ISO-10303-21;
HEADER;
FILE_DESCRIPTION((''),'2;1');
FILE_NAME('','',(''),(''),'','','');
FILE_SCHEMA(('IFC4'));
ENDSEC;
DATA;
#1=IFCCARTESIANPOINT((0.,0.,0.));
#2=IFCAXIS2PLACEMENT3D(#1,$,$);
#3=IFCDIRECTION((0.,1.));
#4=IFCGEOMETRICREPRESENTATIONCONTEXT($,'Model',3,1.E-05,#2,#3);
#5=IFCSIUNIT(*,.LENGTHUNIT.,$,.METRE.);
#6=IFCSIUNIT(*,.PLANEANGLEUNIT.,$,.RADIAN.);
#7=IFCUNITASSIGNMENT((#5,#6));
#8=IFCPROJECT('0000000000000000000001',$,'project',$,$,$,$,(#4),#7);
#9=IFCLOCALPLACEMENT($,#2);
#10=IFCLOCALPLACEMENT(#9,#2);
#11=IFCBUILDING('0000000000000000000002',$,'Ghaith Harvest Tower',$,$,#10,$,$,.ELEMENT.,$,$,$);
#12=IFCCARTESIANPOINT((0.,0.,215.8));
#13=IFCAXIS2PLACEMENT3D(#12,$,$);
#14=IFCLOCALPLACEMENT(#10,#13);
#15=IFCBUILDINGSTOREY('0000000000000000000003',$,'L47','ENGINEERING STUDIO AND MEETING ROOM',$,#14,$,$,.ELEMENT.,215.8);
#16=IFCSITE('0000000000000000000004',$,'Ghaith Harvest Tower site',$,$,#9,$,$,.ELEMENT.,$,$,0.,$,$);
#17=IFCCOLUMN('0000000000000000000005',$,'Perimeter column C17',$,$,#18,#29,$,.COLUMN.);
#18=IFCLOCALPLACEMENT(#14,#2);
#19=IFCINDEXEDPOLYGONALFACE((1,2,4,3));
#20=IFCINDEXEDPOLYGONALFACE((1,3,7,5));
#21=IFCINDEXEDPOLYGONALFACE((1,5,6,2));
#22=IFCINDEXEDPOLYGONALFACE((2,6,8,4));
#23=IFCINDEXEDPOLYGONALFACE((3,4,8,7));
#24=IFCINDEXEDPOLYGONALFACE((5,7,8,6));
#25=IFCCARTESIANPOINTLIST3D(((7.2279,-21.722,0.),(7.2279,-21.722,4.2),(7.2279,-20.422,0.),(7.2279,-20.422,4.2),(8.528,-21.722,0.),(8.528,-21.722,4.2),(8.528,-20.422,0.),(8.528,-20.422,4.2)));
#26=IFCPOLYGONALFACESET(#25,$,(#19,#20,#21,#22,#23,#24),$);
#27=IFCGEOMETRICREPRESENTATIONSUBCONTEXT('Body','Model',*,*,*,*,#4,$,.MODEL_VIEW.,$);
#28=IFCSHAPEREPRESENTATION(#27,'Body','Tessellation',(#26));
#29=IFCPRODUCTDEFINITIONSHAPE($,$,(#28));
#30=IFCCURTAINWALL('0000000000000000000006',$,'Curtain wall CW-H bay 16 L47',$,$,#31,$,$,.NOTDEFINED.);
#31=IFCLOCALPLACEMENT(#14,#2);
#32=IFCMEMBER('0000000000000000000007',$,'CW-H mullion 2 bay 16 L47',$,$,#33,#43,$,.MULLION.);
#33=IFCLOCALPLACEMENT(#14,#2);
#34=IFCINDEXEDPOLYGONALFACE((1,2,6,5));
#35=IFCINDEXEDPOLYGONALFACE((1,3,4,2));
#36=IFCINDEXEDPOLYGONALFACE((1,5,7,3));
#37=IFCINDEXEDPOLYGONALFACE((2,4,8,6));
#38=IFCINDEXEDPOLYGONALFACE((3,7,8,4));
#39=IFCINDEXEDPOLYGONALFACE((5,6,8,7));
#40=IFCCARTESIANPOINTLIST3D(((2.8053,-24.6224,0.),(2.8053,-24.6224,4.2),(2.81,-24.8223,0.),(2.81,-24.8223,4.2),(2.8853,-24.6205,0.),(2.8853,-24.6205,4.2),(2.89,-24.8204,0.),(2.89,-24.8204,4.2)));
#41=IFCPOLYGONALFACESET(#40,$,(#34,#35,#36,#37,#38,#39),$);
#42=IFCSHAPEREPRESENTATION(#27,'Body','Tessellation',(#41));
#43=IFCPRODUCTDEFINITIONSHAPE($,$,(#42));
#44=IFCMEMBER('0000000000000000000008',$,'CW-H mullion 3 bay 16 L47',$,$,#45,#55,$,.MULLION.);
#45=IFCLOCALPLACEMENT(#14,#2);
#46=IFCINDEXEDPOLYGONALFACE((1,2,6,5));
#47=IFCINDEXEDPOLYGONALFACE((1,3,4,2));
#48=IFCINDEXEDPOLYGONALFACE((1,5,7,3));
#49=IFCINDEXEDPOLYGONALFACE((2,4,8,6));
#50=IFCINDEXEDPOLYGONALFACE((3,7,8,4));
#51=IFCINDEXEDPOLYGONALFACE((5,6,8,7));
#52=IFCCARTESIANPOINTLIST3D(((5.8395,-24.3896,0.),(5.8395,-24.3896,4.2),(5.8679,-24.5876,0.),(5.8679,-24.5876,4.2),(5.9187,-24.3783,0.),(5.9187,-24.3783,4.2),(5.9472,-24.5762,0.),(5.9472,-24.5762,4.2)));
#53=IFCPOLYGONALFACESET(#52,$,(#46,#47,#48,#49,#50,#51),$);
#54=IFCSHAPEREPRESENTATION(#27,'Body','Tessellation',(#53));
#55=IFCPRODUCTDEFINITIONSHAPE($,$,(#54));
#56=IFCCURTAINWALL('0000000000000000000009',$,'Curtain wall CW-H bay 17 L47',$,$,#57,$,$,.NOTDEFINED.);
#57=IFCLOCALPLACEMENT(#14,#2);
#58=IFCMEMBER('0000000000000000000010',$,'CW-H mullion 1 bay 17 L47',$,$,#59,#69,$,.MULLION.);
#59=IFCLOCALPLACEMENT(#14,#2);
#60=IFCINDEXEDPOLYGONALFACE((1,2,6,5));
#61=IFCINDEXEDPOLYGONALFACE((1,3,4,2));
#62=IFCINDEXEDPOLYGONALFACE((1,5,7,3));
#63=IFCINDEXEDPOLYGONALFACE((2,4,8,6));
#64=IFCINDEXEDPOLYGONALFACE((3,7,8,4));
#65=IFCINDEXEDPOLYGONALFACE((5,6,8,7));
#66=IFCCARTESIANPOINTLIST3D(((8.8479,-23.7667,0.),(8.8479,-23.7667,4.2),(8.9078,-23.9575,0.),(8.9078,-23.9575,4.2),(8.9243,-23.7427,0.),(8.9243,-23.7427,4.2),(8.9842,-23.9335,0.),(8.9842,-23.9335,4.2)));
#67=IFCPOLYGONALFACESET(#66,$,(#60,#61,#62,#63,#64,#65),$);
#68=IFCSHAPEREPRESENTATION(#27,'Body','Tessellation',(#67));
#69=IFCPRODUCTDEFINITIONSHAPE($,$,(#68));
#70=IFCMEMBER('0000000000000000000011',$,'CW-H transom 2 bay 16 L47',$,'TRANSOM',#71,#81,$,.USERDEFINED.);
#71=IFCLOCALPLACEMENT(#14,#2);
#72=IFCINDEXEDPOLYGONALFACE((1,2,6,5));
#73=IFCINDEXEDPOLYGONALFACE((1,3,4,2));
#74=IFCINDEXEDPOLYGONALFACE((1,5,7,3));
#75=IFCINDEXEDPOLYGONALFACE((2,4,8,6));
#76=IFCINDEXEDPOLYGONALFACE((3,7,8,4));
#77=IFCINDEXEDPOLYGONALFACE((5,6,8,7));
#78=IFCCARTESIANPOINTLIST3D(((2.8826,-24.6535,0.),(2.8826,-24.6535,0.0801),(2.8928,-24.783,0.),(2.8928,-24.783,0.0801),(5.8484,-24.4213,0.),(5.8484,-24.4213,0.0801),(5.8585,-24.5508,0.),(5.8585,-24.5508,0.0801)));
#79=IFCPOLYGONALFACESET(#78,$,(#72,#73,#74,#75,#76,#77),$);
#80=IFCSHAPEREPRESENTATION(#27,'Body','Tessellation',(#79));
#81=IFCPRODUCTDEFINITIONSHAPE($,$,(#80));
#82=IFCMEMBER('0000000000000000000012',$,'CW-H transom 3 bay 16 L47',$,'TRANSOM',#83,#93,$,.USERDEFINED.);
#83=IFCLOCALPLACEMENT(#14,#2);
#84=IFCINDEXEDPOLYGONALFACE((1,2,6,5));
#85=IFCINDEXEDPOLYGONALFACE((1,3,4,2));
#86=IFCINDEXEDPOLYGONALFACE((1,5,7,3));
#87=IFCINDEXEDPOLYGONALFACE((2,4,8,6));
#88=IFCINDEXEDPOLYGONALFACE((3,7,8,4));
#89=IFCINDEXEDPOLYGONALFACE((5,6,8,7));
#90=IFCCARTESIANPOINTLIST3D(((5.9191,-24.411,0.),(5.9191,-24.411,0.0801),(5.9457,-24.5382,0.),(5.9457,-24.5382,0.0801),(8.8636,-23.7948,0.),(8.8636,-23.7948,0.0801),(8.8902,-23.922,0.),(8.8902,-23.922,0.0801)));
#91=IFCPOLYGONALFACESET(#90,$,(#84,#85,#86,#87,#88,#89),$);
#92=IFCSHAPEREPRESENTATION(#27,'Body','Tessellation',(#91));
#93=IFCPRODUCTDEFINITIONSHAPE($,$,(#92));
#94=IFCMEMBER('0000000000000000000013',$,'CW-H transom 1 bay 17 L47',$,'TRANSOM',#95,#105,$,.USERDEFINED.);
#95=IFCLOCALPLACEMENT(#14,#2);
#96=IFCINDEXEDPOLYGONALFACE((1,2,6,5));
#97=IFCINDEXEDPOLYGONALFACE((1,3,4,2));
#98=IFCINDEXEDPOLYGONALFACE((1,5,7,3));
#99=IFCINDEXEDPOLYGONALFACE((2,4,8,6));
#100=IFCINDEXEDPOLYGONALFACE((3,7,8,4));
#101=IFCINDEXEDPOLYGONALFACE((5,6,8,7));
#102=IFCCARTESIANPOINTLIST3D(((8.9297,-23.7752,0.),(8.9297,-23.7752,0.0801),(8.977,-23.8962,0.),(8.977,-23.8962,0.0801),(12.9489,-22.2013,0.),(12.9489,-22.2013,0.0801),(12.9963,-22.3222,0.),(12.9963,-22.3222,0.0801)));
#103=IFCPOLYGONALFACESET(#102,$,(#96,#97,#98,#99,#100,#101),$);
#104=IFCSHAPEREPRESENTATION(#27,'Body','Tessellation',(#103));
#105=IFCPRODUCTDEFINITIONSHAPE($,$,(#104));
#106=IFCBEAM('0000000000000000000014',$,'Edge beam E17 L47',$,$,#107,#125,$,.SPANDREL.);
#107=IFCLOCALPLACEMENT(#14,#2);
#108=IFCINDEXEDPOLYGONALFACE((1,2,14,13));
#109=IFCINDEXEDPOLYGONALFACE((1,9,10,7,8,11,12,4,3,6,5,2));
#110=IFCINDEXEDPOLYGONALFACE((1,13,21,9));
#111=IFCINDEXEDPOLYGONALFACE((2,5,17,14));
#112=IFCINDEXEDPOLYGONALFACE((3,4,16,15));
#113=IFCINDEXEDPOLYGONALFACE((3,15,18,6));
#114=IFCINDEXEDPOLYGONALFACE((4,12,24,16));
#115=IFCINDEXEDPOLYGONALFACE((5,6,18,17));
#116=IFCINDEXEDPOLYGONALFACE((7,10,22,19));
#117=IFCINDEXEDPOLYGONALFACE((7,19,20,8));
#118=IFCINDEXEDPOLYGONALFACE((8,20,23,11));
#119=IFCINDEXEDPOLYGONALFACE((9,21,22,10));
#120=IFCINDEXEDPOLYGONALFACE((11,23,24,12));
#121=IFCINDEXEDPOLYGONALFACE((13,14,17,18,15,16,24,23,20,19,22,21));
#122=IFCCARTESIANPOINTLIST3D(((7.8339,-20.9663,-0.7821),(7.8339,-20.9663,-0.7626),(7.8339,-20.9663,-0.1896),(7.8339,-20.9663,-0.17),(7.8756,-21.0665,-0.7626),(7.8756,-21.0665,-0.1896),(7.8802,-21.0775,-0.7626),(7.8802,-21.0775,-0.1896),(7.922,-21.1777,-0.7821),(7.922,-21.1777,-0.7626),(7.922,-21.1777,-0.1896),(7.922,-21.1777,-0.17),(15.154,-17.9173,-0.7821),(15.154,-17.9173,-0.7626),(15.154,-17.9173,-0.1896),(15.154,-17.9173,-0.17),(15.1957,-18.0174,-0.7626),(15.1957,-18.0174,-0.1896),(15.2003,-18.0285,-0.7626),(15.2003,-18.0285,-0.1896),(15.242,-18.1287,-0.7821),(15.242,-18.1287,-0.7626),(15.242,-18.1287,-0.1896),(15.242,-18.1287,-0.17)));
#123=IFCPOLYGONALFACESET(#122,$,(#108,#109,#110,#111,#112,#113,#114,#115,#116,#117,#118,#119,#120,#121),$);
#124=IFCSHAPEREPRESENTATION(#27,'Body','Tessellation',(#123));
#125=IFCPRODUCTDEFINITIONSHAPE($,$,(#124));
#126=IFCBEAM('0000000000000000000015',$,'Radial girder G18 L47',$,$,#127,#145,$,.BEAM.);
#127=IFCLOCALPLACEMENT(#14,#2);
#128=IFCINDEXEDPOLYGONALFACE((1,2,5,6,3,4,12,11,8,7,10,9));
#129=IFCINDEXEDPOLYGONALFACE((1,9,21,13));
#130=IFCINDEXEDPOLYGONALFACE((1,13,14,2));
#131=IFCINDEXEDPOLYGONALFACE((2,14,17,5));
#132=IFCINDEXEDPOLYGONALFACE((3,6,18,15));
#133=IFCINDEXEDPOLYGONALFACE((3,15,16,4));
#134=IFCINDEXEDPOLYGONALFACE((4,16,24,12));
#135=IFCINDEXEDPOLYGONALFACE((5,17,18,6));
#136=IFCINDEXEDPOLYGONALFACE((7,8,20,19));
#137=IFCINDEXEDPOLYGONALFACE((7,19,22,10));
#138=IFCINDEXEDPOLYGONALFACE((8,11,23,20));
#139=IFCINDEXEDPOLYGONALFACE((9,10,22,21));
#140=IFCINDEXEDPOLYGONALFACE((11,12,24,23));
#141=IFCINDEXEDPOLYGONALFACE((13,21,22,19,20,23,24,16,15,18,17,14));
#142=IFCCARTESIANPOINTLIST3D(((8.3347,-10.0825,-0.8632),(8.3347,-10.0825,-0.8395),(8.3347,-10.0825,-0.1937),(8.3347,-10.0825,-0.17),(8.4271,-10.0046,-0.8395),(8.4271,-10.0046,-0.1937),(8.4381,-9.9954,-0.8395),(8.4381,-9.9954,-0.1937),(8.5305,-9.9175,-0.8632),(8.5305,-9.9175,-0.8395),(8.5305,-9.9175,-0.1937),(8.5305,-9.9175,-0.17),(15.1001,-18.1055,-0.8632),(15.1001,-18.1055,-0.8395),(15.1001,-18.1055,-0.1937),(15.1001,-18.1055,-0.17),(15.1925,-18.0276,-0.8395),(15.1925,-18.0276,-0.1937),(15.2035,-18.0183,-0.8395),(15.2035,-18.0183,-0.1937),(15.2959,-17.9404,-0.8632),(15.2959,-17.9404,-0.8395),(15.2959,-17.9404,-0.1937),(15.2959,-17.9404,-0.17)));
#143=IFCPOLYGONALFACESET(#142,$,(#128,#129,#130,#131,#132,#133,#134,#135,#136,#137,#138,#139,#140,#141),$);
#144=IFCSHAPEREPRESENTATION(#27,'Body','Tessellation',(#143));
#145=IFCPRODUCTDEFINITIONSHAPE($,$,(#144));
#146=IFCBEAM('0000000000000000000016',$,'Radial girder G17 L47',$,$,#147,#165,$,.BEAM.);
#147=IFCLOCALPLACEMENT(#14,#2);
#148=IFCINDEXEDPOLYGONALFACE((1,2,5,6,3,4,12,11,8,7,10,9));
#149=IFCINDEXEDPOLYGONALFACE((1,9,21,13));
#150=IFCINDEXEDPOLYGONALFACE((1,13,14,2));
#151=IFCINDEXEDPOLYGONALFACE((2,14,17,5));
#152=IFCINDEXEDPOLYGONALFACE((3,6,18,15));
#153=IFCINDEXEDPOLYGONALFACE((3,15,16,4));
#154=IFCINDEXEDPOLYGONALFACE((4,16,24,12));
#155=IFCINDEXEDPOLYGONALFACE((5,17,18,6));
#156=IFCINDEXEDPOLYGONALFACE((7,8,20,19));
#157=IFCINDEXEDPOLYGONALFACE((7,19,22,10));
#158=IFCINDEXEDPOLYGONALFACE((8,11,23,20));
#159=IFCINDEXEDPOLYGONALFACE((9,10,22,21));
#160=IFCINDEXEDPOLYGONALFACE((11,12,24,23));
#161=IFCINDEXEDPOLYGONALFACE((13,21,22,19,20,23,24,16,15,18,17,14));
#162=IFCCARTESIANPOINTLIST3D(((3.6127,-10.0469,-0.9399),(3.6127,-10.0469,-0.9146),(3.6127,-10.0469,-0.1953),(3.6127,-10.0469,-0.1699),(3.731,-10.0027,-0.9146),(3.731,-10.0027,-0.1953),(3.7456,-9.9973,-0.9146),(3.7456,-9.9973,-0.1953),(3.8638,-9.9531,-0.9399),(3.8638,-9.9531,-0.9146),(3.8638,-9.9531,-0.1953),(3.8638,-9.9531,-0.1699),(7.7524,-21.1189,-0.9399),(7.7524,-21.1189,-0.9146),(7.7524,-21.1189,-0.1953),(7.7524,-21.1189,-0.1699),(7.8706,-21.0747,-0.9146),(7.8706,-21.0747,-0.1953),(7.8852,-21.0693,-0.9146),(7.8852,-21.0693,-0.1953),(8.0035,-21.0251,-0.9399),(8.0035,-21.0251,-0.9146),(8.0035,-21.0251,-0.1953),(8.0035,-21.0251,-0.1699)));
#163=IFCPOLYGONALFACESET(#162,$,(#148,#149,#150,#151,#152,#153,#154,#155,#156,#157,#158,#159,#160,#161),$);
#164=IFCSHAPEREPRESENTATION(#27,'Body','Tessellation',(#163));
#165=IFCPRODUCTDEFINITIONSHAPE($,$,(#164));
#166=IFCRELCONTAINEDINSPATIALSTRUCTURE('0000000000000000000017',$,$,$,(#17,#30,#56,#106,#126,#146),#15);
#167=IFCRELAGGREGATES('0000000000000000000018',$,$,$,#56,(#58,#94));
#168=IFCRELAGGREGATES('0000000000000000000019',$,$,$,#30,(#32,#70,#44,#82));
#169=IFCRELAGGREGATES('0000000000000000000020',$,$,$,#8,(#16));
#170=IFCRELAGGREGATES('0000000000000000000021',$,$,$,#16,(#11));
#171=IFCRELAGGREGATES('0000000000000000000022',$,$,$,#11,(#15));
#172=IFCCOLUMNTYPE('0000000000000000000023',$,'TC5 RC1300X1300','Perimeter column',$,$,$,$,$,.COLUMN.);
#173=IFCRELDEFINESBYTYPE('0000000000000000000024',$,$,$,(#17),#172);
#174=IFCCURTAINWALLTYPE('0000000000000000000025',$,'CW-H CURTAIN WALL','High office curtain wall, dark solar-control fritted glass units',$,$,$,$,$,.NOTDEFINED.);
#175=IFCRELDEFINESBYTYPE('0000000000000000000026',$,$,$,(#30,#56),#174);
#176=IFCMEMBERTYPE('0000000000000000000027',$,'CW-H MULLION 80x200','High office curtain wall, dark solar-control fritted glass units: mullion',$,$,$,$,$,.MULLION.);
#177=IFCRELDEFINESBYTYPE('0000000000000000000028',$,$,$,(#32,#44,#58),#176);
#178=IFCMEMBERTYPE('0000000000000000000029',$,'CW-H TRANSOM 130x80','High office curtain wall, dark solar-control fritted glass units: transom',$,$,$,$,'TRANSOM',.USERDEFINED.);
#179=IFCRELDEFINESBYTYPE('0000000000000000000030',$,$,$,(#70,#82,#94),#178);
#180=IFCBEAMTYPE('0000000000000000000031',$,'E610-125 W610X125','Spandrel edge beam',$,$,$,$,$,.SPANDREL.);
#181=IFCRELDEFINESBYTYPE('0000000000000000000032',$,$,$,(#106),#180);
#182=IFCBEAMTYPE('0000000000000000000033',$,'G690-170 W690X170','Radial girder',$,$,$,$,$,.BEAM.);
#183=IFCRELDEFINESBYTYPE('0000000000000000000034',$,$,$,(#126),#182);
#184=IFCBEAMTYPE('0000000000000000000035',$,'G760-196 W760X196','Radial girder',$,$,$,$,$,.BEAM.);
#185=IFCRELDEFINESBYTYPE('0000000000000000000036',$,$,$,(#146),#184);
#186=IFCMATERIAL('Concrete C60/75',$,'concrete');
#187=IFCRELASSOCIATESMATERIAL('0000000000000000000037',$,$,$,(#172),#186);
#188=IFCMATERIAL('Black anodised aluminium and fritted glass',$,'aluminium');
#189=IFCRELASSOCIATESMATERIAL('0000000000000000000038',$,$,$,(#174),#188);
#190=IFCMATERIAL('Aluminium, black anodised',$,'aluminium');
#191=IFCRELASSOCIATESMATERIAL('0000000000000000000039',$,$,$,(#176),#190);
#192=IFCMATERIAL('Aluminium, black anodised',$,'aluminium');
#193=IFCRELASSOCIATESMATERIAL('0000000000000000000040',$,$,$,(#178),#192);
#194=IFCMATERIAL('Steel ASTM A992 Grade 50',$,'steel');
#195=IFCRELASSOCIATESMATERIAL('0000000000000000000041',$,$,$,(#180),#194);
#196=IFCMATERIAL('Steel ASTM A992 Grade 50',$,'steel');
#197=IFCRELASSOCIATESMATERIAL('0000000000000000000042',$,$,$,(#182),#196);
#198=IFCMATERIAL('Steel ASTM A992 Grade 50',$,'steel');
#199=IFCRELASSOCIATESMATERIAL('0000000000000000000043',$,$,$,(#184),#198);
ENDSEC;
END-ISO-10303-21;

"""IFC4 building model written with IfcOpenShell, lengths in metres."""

from ifc_helpers import new_model, si_unit, direction, frame, origin, origin_2d, place, context, subcontext, project, spatial, rectangle, i_section, extrude, material, material_profile, profile_set, type_object, element, aggregate, save


model = new_model("IFC4")

# Units and contexts
model_context = context("Model", 3, precision=1e-05, world=origin(), true_north=direction((0.0, 1.0)))
body_context = subcontext(model_context, "Body", "Model", "MODEL_VIEW")
ifc_project = project(units=[si_unit("LENGTHUNIT", "METRE"), si_unit("PLANEANGLEUNIT", "RADIAN")], contexts=[model_context])

# Site, building, storey
site_placement = place(None, origin())
site = spatial("IfcSite", under=ifc_project, at=site_placement, Name="Ghaith Harvest Tower site", CompositionType="ELEMENT", RefElevation=0.0)
building_placement = place(site_placement, origin())
building = spatial("IfcBuilding", under=site, at=building_placement, Name="Ghaith Harvest Tower", CompositionType="ELEMENT")
storey_placement = place(building_placement, frame((0.0, 0.0, 215.8)))
storey = spatial("IfcBuildingStorey", under=building, at=storey_placement, Name="L47", Description="ENGINEERING STUDIO AND MEETING ROOM", CompositionType="ELEMENT", Elevation=215.8)

# Column
ifc_material_1 = material(Name="Concrete C60/75", Category="concrete")
ifc_material_profile_1 = material_profile(ifc_material_1, rectangle(XDim=1.3, YDim=1.3, at=origin_2d()), Name="RC1300X1300")
ifc_profile_set_1 = profile_set([ifc_material_profile_1], Name="Concrete C60/75")
column_type = type_object("IfcColumnType", Name="TC5 RC1300X1300", Description="Perimeter column", PredefinedType="COLUMN", material=ifc_profile_set_1)
column_placement = place(storey_placement, frame((7.8779, -21.072, 0.0), z_axis=(0.0, 0.0, 1.0), x_axis=(1.0, 0.0, 0.0)))
element("IfcColumn", 1, at=column_placement, inside=storey, type_object=column_type, Name="Perimeter column C17", PredefinedType="COLUMN", context=body_context, shape_type="SweptSolid", body=[
    extrude(rectangle(XDim=1.3, YDim=1.3, at=origin_2d()), origin(), (0.0, 0.0, 1.0), 4.2),
])

# Curtain wall, members
ifc_material_2 = material(Name="Black anodised aluminium and fritted glass", Category="aluminium")
curtain_wall_type = type_object("IfcCurtainWallType", Name="CW-H CURTAIN WALL", Description="High office curtain wall, dark solar-control fritted glass units", PredefinedType="NOTDEFINED", material=ifc_material_2)
curtain_wall_1_placement = place(storey_placement, origin())
curtain_wall_1 = element("IfcCurtainWall", 2, at=curtain_wall_1_placement, inside=storey, type_object=curtain_wall_type, Name="Curtain wall CW-H bay 16 L47", PredefinedType="NOTDEFINED")
ifc_material_3 = material(Name="Aluminium, black anodised", Category="aluminium")
ifc_material_profile_2 = material_profile(ifc_material_3, rectangle(XDim=0.0801, YDim=0.2, at=origin_2d()), Name="CW-H MULLION 80x200")
ifc_profile_set_2 = profile_set([ifc_material_profile_2], Name="Aluminium, black anodised")
member_type_1 = type_object("IfcMemberType", Name="CW-H MULLION 80x200", Description="High office curtain wall, dark solar-control fritted glass units: mullion", PredefinedType="MULLION", material=ifc_profile_set_2)
member_1_placement = place(storey_placement, frame((2.8477, -24.7214, 0.0), z_axis=(0.0, 0.0, 1.0), x_axis=(0.999724, 0.023475, 0.0)))
member_1 = element("IfcMember", 3, at=member_1_placement, type_object=member_type_1, Name="CW-H mullion 2 bay 16 L47", PredefinedType="MULLION", context=body_context, shape_type="SweptSolid", body=[
    extrude(rectangle(XDim=0.0801, YDim=0.2, at=origin_2d()), origin(), (0.0, 0.0, 1.0), 4.2),
])
member_2_placement = place(storey_placement, frame((5.8933, -24.4829, 0.0), z_axis=(0.0, 0.0, 1.0), x_axis=(0.989849, 0.142122, 0.0)))
member_2 = element("IfcMember", 4, at=member_2_placement, type_object=member_type_1, Name="CW-H mullion 3 bay 16 L47", PredefinedType="MULLION", context=body_context, shape_type="SweptSolid", body=[
    extrude(rectangle(XDim=0.0801, YDim=0.2, at=origin_2d()), origin(), (0.0, 0.0, 1.0), 4.2),
])

# Curtain wall, member
curtain_wall_2_placement = place(storey_placement, origin())
curtain_wall_2 = element("IfcCurtainWall", 5, at=curtain_wall_2_placement, inside=storey, type_object=curtain_wall_type, Name="Curtain wall CW-H bay 17 L47", PredefinedType="NOTDEFINED")
member_3_placement = place(storey_placement, frame((8.916, -23.8501, 0.0), z_axis=(0.0, 0.0, 1.0), x_axis=(0.95403, 0.299711, 0.0)))
member_3 = element("IfcMember", 6, at=member_3_placement, type_object=member_type_1, Name="CW-H mullion 1 bay 17 L47", PredefinedType="MULLION", context=body_context, shape_type="SweptSolid", body=[
    extrude(rectangle(XDim=0.0801, YDim=0.2, at=origin_2d()), origin(), (0.0, 0.0, 1.0), 4.2),
])

# Members
ifc_material_4 = material(Name="Aluminium, black anodised", Category="aluminium")
ifc_material_profile_3 = material_profile(ifc_material_4, rectangle(XDim=0.1299, YDim=0.0801, at=origin_2d()), Name="CW-H TRANSOM 130x80")
ifc_profile_set_3 = profile_set([ifc_material_profile_3], Name="Aluminium, black anodised")
member_type_2 = type_object("IfcMemberType", Name="CW-H TRANSOM 130x80", Description="High office curtain wall, dark solar-control fritted glass units: transom", ElementType="TRANSOM", PredefinedType="USERDEFINED", material=ifc_profile_set_3)
member_4_placement = place(storey_placement, frame((2.8877, -24.7183, 0.04), z_axis=(0.99695, 0.078046, 0.0), x_axis=(-0.078046, 0.99695, 0.0)))
member_4 = element("IfcMember", 7, at=member_4_placement, type_object=member_type_2, Name="CW-H transom 2 bay 16 L47", ObjectType="TRANSOM", PredefinedType="USERDEFINED", context=body_context, shape_type="SweptSolid", body=[
    extrude(rectangle(XDim=0.1299, YDim=0.0801, at=origin_2d()), origin(), (0.0, 0.0, 1.0), 2.9749),
])
member_5_placement = place(storey_placement, frame((5.9324, -24.4746, 0.04), z_axis=(0.978797, 0.204832, 0.0), x_axis=(-0.204832, 0.978797, 0.0)))
member_5 = element("IfcMember", 8, at=member_5_placement, type_object=member_type_2, Name="CW-H transom 3 bay 16 L47", ObjectType="TRANSOM", PredefinedType="USERDEFINED", context=body_context, shape_type="SweptSolid", body=[
    extrude(rectangle(XDim=0.1299, YDim=0.0801, at=origin_2d()), origin(), (0.0, 0.0, 1.0), 3.0083),
])
member_6_placement = place(storey_placement, frame((8.9534, -23.8357, 0.04), z_axis=(0.931148, 0.364642, 0.0), x_axis=(-0.364642, 0.931148, 0.0)))
member_6 = element("IfcMember", 9, at=member_6_placement, type_object=member_type_2, Name="CW-H transom 1 bay 17 L47", ObjectType="TRANSOM", PredefinedType="USERDEFINED", context=body_context, shape_type="SweptSolid", body=[
    extrude(rectangle(XDim=0.1299, YDim=0.0801, at=origin_2d()), origin(), (0.0, 0.0, 1.0), 4.3164),
])
aggregate(curtain_wall_2, [member_3, member_6])

# Beams
ifc_material_5 = material(Name="Steel ASTM A992 Grade 50", Category="steel")
ifc_material_profile_4 = material_profile(ifc_material_5, i_section(OverallWidth=0.229, OverallDepth=0.6121, WebThickness=0.012, FlangeThickness=0.0195, at=origin_2d()), Name="W610X125")
ifc_profile_set_4 = profile_set([ifc_material_profile_4], Name="Steel ASTM A992 Grade 50")
beam_type_1 = type_object("IfcBeamType", Name="E610-125 W610X125", Description="Spandrel edge beam", PredefinedType="SPANDREL", material=ifc_profile_set_4)
beam_1_placement = place(storey_placement, frame((7.8779, -21.072, -0.4761), z_axis=(0.92312, 0.384513, 0.0), x_axis=(-0.384513, 0.92312, 0.0)))
element("IfcBeam", 10, at=beam_1_placement, inside=storey, type_object=beam_type_1, Name="Edge beam E17 L47", PredefinedType="SPANDREL", context=body_context, shape_type="SweptSolid", body=[
    extrude(i_section(OverallWidth=0.229, OverallDepth=0.6121, WebThickness=0.012, FlangeThickness=0.0195, at=origin_2d()), origin(), (0.0, 0.0, 1.0), 7.9297),
])
ifc_material_6 = material(Name="Steel ASTM A992 Grade 50", Category="steel")
ifc_material_profile_5 = material_profile(ifc_material_6, i_section(OverallWidth=0.2561, OverallDepth=0.6931, WebThickness=0.0144, FlangeThickness=0.0237, at=origin_2d()), Name="W690X170")
ifc_profile_set_5 = profile_set([ifc_material_profile_5], Name="Steel ASTM A992 Grade 50")
beam_type_2 = type_object("IfcBeamType", Name="G690-170 W690X170", Description="Radial girder", PredefinedType="BEAM", material=ifc_profile_set_5)
beam_2_placement = place(storey_placement, frame((8.4326, -10.0, -0.5166), z_axis=(0.644649, -0.764478, 0.0), x_axis=(0.764478, 0.644649, 0.0)))
element("IfcBeam", 11, at=beam_2_placement, inside=storey, type_object=beam_type_2, Name="Radial girder G18 L47", PredefinedType="BEAM", context=body_context, shape_type="SweptSolid", body=[
    extrude(i_section(OverallWidth=0.2561, OverallDepth=0.6931, WebThickness=0.0144, FlangeThickness=0.0237, at=origin_2d()), origin(), (0.0, 0.0, 1.0), 10.4946),
])
ifc_material_7 = material(Name="Steel ASTM A992 Grade 50", Category="steel")
ifc_material_profile_6 = material_profile(ifc_material_7, i_section(OverallWidth=0.2681, OverallDepth=0.77, WebThickness=0.0156, FlangeThickness=0.0254, at=origin_2d()), Name="W760X196")
ifc_profile_set_6 = profile_set([ifc_material_profile_6], Name="Steel ASTM A992 Grade 50")
beam_type_3 = type_object("IfcBeamType", Name="G760-196 W760X196", Description="Radial girder", PredefinedType="BEAM", material=ifc_profile_set_6)
beam_3_placement = place(storey_placement, frame((3.7383, -10.0, -0.5549), z_axis=(0.350207, -0.936672, 0.0), x_axis=(0.936672, 0.350207, 0.0)))
element("IfcBeam", 12, at=beam_3_placement, inside=storey, type_object=beam_type_3, Name="Radial girder G17 L47", PredefinedType="BEAM", context=body_context, shape_type="SweptSolid", body=[
    extrude(i_section(OverallWidth=0.2681, OverallDepth=0.77, WebThickness=0.0156, FlangeThickness=0.0254, at=origin_2d()), origin(), (0.0, 0.0, 1.0), 11.8206),
])

aggregate(curtain_wall_1, [member_1, member_4, member_2, member_5])

save(model, "model.ifc")
